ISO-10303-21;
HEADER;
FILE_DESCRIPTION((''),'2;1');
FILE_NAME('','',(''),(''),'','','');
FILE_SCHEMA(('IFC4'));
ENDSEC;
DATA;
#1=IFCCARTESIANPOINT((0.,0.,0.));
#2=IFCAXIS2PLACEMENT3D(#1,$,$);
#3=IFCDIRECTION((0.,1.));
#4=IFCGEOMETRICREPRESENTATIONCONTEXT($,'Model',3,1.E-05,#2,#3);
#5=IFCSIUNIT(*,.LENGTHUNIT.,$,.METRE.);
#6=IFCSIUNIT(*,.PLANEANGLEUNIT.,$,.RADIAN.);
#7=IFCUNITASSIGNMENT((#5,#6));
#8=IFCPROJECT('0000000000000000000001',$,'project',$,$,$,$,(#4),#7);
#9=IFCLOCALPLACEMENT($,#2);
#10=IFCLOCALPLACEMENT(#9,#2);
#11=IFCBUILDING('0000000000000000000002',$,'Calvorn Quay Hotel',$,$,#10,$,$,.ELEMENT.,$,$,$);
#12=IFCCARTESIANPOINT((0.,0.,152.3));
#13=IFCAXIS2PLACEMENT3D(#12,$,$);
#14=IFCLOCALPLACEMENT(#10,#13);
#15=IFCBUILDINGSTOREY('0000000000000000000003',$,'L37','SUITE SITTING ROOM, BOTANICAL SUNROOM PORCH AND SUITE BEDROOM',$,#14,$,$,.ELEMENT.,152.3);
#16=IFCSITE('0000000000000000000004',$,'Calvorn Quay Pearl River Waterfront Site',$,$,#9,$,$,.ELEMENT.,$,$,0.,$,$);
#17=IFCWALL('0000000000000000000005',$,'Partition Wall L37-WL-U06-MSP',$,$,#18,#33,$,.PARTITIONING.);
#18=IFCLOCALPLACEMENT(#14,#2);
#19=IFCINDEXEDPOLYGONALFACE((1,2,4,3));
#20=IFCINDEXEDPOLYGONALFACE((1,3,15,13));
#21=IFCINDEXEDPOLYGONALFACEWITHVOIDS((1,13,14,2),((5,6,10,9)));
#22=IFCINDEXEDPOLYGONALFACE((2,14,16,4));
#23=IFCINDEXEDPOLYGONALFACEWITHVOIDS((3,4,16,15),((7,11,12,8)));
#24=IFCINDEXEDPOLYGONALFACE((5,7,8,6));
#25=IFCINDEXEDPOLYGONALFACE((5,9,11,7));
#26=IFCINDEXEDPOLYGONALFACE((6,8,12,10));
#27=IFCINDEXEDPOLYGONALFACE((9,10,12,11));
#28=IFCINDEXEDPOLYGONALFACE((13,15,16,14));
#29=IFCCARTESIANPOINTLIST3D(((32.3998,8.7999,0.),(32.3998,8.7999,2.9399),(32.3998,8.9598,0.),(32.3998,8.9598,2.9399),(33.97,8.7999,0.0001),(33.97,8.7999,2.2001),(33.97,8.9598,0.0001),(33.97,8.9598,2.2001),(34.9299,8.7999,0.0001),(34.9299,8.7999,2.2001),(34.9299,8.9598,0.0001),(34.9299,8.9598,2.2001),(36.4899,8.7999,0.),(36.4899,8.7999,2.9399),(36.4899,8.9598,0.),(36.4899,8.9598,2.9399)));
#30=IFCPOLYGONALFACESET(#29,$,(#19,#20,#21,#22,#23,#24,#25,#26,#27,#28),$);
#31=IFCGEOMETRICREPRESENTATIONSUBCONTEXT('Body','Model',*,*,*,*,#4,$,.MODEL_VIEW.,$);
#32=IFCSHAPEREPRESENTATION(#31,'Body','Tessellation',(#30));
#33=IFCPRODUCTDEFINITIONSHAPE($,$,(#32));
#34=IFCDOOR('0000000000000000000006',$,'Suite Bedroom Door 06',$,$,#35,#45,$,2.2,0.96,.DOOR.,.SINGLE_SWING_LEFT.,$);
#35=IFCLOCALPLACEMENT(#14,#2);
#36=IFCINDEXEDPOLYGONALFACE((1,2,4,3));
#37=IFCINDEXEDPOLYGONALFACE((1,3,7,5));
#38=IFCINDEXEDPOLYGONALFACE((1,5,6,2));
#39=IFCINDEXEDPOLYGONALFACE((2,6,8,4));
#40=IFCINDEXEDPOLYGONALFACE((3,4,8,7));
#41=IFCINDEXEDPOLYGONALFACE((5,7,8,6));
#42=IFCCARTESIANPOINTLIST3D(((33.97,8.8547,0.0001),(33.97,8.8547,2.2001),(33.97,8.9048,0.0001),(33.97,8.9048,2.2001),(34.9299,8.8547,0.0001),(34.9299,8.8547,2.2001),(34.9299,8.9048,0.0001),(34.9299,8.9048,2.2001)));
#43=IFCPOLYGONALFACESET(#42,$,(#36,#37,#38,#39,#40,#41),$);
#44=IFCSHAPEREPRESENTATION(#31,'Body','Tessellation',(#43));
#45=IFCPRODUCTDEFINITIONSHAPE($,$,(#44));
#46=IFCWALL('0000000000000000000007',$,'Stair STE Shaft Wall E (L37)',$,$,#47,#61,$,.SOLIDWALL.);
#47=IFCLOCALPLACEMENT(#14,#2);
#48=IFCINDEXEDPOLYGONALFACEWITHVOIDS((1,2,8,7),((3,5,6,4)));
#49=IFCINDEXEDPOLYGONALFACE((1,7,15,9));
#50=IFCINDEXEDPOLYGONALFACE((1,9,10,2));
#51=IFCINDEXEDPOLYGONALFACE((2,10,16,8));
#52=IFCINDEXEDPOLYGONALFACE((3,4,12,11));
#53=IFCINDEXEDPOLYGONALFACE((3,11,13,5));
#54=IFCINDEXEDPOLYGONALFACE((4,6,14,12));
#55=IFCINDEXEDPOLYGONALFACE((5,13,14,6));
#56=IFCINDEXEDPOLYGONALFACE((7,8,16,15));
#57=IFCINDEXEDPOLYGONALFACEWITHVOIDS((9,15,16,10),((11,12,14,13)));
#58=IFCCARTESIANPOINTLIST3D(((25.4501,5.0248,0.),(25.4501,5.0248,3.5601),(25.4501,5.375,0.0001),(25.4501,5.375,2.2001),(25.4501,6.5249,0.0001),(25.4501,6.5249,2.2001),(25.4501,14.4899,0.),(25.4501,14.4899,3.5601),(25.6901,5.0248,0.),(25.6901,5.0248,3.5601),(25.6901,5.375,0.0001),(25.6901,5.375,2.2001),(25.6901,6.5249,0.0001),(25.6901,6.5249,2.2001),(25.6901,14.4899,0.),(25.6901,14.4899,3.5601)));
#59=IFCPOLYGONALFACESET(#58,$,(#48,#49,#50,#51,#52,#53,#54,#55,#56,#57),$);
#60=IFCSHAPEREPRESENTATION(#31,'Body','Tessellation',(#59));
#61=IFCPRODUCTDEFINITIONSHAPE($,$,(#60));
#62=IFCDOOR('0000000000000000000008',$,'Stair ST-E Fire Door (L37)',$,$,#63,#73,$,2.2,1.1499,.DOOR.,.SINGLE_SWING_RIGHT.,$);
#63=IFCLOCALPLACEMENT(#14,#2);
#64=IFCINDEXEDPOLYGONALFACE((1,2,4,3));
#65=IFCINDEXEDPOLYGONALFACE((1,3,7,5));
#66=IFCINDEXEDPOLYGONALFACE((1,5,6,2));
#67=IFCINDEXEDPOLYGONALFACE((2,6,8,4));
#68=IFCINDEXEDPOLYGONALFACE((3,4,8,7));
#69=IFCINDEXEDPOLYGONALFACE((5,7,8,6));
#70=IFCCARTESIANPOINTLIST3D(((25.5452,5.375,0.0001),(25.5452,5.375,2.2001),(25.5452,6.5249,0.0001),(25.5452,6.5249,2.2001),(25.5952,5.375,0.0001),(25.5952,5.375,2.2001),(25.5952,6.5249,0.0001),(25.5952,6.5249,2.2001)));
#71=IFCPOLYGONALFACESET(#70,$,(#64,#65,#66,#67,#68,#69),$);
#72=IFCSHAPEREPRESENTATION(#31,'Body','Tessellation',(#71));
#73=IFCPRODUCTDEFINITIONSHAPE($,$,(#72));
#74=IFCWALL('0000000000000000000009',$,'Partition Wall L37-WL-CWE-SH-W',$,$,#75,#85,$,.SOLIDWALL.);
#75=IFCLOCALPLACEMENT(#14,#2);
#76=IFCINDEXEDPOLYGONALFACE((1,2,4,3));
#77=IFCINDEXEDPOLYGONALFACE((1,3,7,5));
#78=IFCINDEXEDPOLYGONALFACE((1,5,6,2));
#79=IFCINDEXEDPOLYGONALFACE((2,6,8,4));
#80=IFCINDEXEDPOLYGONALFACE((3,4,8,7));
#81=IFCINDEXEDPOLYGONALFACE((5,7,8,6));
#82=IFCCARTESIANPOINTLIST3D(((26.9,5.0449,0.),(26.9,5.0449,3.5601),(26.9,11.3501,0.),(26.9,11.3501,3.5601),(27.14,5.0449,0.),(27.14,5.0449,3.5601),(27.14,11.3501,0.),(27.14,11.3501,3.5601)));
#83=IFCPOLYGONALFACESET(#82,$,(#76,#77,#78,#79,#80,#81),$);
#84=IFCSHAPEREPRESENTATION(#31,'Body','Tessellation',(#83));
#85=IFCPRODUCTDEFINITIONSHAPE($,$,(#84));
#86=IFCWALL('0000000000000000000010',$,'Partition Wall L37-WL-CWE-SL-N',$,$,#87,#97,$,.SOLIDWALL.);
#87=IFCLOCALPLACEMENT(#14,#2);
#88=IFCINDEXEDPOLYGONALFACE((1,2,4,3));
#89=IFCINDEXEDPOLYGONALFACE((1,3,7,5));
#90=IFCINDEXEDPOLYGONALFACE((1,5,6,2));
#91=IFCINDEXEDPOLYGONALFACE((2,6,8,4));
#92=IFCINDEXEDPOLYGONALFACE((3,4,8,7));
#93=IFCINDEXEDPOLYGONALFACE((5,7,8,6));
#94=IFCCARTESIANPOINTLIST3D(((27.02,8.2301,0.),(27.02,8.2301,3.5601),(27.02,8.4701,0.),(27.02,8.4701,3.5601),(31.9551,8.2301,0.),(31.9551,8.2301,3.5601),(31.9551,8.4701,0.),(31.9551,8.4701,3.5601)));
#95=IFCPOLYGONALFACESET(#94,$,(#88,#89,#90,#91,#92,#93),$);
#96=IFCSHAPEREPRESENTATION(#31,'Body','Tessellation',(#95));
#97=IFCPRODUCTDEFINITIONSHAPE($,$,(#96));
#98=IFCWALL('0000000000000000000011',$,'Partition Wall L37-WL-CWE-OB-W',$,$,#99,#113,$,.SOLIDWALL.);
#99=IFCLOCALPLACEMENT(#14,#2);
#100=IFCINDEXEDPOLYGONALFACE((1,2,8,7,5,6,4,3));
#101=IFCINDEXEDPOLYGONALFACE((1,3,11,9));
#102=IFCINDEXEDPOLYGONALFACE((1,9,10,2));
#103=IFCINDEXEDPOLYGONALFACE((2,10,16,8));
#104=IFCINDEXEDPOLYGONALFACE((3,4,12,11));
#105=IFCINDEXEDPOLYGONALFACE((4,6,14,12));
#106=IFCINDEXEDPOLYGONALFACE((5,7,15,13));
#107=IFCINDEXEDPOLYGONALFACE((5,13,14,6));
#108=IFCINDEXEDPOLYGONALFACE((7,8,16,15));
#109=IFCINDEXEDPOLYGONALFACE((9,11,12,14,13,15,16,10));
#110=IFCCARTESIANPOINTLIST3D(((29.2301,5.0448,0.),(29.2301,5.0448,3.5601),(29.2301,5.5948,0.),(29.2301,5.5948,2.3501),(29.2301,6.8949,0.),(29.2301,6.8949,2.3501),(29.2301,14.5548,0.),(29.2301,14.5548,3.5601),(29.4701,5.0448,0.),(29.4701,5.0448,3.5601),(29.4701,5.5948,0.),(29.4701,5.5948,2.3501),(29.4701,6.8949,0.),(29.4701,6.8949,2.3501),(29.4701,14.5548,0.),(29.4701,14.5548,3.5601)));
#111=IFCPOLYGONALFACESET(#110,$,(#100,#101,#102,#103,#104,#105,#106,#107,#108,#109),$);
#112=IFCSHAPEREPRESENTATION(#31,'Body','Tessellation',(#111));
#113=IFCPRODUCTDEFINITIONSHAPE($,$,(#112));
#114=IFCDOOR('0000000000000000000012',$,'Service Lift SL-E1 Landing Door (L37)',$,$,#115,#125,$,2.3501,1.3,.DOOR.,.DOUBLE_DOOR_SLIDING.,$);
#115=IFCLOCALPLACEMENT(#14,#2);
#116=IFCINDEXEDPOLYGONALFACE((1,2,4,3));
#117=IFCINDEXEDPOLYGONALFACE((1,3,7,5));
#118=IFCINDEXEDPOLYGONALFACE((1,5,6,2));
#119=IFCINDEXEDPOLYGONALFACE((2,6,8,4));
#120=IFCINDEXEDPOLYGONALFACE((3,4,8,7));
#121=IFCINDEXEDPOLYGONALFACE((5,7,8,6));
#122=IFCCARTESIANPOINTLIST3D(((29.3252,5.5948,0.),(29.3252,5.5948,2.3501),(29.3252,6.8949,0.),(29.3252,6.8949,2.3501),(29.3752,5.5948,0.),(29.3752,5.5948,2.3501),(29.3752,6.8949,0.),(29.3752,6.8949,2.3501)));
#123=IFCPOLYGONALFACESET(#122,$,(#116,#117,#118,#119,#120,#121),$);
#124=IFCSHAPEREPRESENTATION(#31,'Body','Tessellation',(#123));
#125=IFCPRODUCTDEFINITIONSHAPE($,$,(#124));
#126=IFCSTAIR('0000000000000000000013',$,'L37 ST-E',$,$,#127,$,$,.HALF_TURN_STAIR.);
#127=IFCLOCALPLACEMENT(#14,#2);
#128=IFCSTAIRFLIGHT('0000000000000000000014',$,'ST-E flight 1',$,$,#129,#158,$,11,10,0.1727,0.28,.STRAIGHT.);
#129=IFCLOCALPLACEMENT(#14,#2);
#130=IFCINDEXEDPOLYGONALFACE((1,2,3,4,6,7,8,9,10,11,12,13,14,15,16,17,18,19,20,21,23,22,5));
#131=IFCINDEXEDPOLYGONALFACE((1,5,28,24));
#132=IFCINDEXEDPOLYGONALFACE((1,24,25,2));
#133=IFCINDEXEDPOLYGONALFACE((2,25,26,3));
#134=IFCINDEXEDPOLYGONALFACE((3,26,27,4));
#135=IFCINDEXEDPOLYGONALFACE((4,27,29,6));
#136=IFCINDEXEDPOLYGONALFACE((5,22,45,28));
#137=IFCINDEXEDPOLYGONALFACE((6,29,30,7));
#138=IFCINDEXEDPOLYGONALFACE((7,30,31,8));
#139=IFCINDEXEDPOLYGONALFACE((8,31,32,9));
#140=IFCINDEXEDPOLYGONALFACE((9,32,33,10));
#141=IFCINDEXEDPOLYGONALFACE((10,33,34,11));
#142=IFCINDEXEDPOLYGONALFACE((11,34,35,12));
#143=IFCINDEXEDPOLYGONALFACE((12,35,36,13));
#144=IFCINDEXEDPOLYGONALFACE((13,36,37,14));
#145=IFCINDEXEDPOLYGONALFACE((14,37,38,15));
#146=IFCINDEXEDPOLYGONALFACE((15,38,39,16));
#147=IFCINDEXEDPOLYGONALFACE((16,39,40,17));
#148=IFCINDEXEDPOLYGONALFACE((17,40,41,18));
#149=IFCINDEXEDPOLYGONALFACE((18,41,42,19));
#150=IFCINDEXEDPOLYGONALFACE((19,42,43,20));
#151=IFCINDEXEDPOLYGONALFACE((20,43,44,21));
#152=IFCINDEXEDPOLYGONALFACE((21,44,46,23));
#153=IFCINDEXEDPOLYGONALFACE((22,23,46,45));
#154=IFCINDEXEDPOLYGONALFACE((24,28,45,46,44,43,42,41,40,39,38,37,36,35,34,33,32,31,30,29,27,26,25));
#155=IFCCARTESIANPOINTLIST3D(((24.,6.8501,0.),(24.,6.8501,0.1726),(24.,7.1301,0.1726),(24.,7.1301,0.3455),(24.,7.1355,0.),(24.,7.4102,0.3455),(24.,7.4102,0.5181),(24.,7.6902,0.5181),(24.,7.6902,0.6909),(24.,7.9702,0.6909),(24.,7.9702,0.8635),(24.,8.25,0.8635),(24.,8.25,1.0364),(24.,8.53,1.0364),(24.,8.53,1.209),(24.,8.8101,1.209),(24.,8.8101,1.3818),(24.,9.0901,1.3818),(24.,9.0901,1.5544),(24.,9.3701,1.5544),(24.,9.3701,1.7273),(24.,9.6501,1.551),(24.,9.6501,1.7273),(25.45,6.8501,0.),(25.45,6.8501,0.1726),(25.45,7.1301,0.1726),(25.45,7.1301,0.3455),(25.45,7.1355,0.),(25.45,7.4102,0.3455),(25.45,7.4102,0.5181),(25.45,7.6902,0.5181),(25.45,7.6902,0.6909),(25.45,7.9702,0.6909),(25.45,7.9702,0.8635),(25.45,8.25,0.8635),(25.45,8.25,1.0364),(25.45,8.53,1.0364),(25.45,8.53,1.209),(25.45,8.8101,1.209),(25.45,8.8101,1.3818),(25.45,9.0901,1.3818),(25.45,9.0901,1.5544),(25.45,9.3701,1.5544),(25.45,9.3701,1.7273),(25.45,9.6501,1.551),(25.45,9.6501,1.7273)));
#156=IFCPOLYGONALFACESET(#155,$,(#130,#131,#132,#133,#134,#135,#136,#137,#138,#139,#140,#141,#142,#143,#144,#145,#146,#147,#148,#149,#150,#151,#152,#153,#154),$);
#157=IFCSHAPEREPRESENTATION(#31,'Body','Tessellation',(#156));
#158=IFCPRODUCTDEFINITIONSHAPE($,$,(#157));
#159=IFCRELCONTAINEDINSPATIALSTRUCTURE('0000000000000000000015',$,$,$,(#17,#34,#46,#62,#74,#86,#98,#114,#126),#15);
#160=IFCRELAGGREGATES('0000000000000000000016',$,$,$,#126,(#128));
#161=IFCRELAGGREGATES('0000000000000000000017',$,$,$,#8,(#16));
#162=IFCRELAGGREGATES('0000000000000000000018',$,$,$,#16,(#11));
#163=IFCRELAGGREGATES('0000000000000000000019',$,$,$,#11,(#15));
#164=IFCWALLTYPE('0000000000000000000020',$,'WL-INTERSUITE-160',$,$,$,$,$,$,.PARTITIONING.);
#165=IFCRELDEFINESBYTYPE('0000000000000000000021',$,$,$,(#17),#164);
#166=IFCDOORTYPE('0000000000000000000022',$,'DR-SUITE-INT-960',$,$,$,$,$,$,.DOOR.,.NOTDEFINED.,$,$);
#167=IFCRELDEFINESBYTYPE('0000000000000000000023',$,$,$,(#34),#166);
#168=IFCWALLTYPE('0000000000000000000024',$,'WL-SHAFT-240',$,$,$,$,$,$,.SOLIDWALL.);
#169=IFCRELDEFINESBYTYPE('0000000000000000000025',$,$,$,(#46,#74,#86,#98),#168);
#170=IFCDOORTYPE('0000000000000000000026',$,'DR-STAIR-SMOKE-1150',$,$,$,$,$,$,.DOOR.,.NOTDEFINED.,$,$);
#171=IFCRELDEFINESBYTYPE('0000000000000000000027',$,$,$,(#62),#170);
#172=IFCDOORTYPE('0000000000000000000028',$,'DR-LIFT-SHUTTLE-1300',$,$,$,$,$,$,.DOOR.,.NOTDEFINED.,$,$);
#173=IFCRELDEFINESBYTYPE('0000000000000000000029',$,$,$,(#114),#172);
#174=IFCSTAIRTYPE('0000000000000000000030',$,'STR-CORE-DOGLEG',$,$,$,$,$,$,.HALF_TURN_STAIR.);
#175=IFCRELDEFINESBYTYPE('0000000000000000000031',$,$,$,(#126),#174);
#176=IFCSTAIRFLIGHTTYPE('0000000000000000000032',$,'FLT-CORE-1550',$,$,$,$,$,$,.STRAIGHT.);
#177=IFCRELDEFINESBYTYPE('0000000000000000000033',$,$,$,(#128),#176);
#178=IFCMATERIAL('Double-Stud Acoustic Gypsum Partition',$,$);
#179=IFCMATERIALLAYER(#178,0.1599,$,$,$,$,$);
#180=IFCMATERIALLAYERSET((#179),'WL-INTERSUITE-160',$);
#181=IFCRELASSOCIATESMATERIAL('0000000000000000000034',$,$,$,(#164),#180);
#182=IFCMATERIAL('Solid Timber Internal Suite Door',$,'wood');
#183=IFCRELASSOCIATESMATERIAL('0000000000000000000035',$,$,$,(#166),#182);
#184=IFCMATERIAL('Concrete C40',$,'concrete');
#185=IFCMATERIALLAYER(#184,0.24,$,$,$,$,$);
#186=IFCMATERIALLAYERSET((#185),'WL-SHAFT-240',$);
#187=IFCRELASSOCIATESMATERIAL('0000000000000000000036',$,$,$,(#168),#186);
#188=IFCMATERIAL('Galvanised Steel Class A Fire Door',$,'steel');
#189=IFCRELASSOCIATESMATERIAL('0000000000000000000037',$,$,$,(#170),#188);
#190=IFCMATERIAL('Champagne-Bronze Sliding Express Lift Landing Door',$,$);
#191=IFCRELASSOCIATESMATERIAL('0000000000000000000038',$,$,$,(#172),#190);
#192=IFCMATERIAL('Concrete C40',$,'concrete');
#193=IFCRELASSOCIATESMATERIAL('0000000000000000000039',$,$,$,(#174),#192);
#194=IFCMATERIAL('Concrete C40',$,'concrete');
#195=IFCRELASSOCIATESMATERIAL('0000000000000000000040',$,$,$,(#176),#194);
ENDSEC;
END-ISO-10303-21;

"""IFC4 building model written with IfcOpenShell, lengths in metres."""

from ifc_helpers import new_model, si_unit, direction, frame, frame_2d, origin, place, context, subcontext, project, spatial, polyline, rectangle, outline, extrude, material, layer, layer_set, type_object, element, fill, aggregate, save


model = new_model("IFC4")

# Units and contexts
model_context = context("Model", 3, precision=1e-05, world=origin(), true_north=direction((0.0, 1.0)))
body_context = subcontext(model_context, "Body", "Model", "MODEL_VIEW")
ifc_project = project(units=[si_unit("LENGTHUNIT", "METRE"), si_unit("PLANEANGLEUNIT", "RADIAN")], contexts=[model_context])

# Site, building, storey
site_placement = place(None, origin())
site = spatial("IfcSite", under=ifc_project, at=site_placement, Name="Calvorn Quay Pearl River Waterfront Site", CompositionType="ELEMENT", RefElevation=0.0)
building_placement = place(site_placement, origin())
building = spatial("IfcBuilding", under=site, at=building_placement, Name="Calvorn Quay Hotel", CompositionType="ELEMENT")
storey_placement = place(building_placement, frame((0.0, 0.0, 152.3)))
storey = spatial("IfcBuildingStorey", under=building, at=storey_placement, Name="L37", Description="SUITE SITTING ROOM, BOTANICAL SUNROOM PORCH AND SUITE BEDROOM", CompositionType="ELEMENT", Elevation=152.3)

# Walls, openings, doors
ifc_material_1 = material(Name="Double-Stud Acoustic Gypsum Partition")
ifc_layer_1 = layer(ifc_material_1, 0.1599)
ifc_layer_set_1 = layer_set([ifc_layer_1], Name="WL-INTERSUITE-160")
wall_type_1 = type_object("IfcWallType", Name="WL-INTERSUITE-160", PredefinedType="PARTITIONING", material=ifc_layer_set_1)
wall_1_placement = place(storey_placement, frame((32.3999, 8.8799, 0.0), z_axis=(0.0, 0.0, 1.0), x_axis=(1.0, 0.0, 0.0)))
wall_1 = element("IfcWall", 1, at=wall_1_placement, inside=storey, type_object=wall_type_1, Name="Partition Wall L37-WL-U06-MSP", PredefinedType="PARTITIONING", context=body_context, shape_type="SweptSolid", body=[
    extrude(rectangle(XDim=4.0901, YDim=0.1599, at=frame_2d((2.0449, 0.0))), origin(), (0.0, 0.0, 1.0), 2.9399),
])
opening_1_placement = place(wall_1_placement, frame((1.5701, 0.0, 0.0)))
opening_1 = element("IfcOpeningElement", 2, at=opening_1_placement, cuts=wall_1, PredefinedType="OPENING", context=body_context, shape_type="SweptSolid", body=[
    extrude(rectangle(XDim=0.96, YDim=2.2, at=frame_2d((0.48, 1.1001))), frame((0.0, 0.0898, 0.0), z_axis=(0.0, -1.0, 0.0), x_axis=(1.0, 0.0, 0.0)), (0.0, 0.0, 1.0), 0.1799),
])
ifc_material_2 = material(Name="Solid Timber Internal Suite Door", Category="wood")
door_type_1 = type_object("IfcDoorType", Name="DR-SUITE-INT-960", OperationType="NOTDEFINED", PredefinedType="DOOR", material=ifc_material_2)
door_1_placement = place(opening_1_placement, origin())
door_1 = element("IfcDoor", 3, at=door_1_placement, inside=storey, type_object=door_type_1, Name="Suite Bedroom Door 06", OperationType="SINGLE_SWING_LEFT", OverallHeight=2.2, OverallWidth=0.96, PredefinedType="DOOR", context=body_context, shape_type="SweptSolid", body=[
    extrude(rectangle(XDim=0.96, YDim=2.2, at=frame_2d((0.48, 1.1001))), frame((0.0, 0.0249, 0.0), z_axis=(0.0, -1.0, 0.0), x_axis=(1.0, 0.0, 0.0)), (0.0, 0.0, 1.0), 0.05),
])
fill(opening_1, door_1)
ifc_material_3 = material(Name="Concrete C40", Category="concrete")
ifc_layer_2 = layer(ifc_material_3, 0.24)
ifc_layer_set_2 = layer_set([ifc_layer_2], Name="WL-SHAFT-240")
wall_type_2 = type_object("IfcWallType", Name="WL-SHAFT-240", PredefinedType="SOLIDWALL", material=ifc_layer_set_2)
wall_2_placement = place(storey_placement, frame((25.5701, 5.0249, 0.0), z_axis=(0.0, 0.0, 1.0), x_axis=(0.0, 1.0, 0.0)))
wall_2 = element("IfcWall", 4, at=wall_2_placement, inside=storey, type_object=wall_type_2, Name="Stair STE Shaft Wall E (L37)", PredefinedType="SOLIDWALL", context=body_context, shape_type="SweptSolid", body=[
    extrude(rectangle(XDim=9.4651, YDim=0.24, at=frame_2d((4.7324, 0.0))), origin(), (0.0, 0.0, 1.0), 3.5601),
])
opening_2_placement = place(wall_2_placement, frame((0.3501, 0.0, 0.0)))
opening_2 = element("IfcOpeningElement", 5, at=opening_2_placement, cuts=wall_2, PredefinedType="OPENING", context=body_context, shape_type="SweptSolid", body=[
    extrude(rectangle(XDim=1.1499, YDim=2.2, at=frame_2d((0.575, 1.1001))), frame((0.0, 0.1299, 0.0), z_axis=(0.0, -1.0, 0.0), x_axis=(1.0, 0.0, 0.0)), (0.0, 0.0, 1.0), 0.26),
])
ifc_material_4 = material(Name="Galvanised Steel Class A Fire Door", Category="steel")
door_type_2 = type_object("IfcDoorType", Name="DR-STAIR-SMOKE-1150", OperationType="NOTDEFINED", PredefinedType="DOOR", material=ifc_material_4)
door_2_placement = place(opening_2_placement, origin())
door_2 = element("IfcDoor", 6, at=door_2_placement, inside=storey, type_object=door_type_2, Name="Stair ST-E Fire Door (L37)", OperationType="SINGLE_SWING_RIGHT", OverallHeight=2.2, OverallWidth=1.1499, PredefinedType="DOOR", context=body_context, shape_type="SweptSolid", body=[
    extrude(rectangle(XDim=1.1499, YDim=2.2, at=frame_2d((0.575, 1.1001))), frame((0.0, 0.0249, 0.0), z_axis=(0.0, -1.0, 0.0), x_axis=(1.0, 0.0, 0.0)), (0.0, 0.0, 1.0), 0.05),
])
fill(opening_2, door_2)

# Walls
wall_3_placement = place(storey_placement, frame((27.02, 5.0449, 0.0), z_axis=(0.0, 0.0, 1.0), x_axis=(0.0, 1.0, 0.0)))
element("IfcWall", 7, at=wall_3_placement, inside=storey, type_object=wall_type_2, Name="Partition Wall L37-WL-CWE-SH-W", PredefinedType="SOLIDWALL", context=body_context, shape_type="SweptSolid", body=[
    extrude(rectangle(XDim=6.3052, YDim=0.24, at=frame_2d((3.1526, 0.0))), origin(), (0.0, 0.0, 1.0), 3.5601),
])
wall_4_placement = place(storey_placement, frame((27.02, 8.3501, 0.0), z_axis=(0.0, 0.0, 1.0), x_axis=(1.0, 0.0, 0.0)))
element("IfcWall", 8, at=wall_4_placement, inside=storey, type_object=wall_type_2, Name="Partition Wall L37-WL-CWE-SL-N", PredefinedType="SOLIDWALL", context=body_context, shape_type="SweptSolid", body=[
    extrude(rectangle(XDim=4.9351, YDim=0.24, at=frame_2d((2.4675, 0.0))), origin(), (0.0, 0.0, 1.0), 3.5601),
])

# Wall, opening, door
wall_5_placement = place(storey_placement, frame((29.3501, 5.0449, 0.0), z_axis=(0.0, 0.0, 1.0), x_axis=(0.0, 1.0, 0.0)))
wall_5 = element("IfcWall", 9, at=wall_5_placement, inside=storey, type_object=wall_type_2, Name="Partition Wall L37-WL-CWE-OB-W", PredefinedType="SOLIDWALL", context=body_context, shape_type="SweptSolid", body=[
    extrude(rectangle(XDim=9.51, YDim=0.24, at=frame_2d((4.7549, 0.0))), origin(), (0.0, 0.0, 1.0), 3.5601),
])
opening_3_placement = place(wall_5_placement, frame((0.55, 0.0, 0.0)))
opening_3 = element("IfcOpeningElement", 10, at=opening_3_placement, cuts=wall_5, PredefinedType="OPENING", context=body_context, shape_type="SweptSolid", body=[
    extrude(rectangle(XDim=1.3, YDim=2.3501, at=frame_2d((0.6499, 1.175))), frame((0.0, 0.1299, 0.0), z_axis=(0.0, -1.0, 0.0), x_axis=(1.0, 0.0, 0.0)), (0.0, 0.0, 1.0), 0.26),
])
ifc_material_5 = material(Name="Champagne-Bronze Sliding Express Lift Landing Door")
door_type_3 = type_object("IfcDoorType", Name="DR-LIFT-SHUTTLE-1300", OperationType="NOTDEFINED", PredefinedType="DOOR", material=ifc_material_5)
door_3_placement = place(opening_3_placement, origin())
door_3 = element("IfcDoor", 11, at=door_3_placement, inside=storey, type_object=door_type_3, Name="Service Lift SL-E1 Landing Door (L37)", OperationType="DOUBLE_DOOR_SLIDING", OverallHeight=2.3501, OverallWidth=1.3, PredefinedType="DOOR", context=body_context, shape_type="SweptSolid", body=[
    extrude(rectangle(XDim=1.3, YDim=2.3501, at=frame_2d((0.6499, 1.175))), frame((0.0, 0.0249, 0.0), z_axis=(0.0, -1.0, 0.0), x_axis=(1.0, 0.0, 0.0)), (0.0, 0.0, 1.0), 0.05),
])
fill(opening_3, door_3)

# Stair, stair flight
ifc_material_6 = material(Name="Concrete C40", Category="concrete")
stair_type = type_object("IfcStairType", Name="STR-CORE-DOGLEG", PredefinedType="HALF_TURN_STAIR", material=ifc_material_6)
stair_placement = place(storey_placement, origin())
stair = element("IfcStair", 12, at=stair_placement, inside=storey, type_object=stair_type, Name="L37 ST-E", PredefinedType="HALF_TURN_STAIR")
ifc_material_7 = material(Name="Concrete C40", Category="concrete")
stair_flight_type = type_object("IfcStairFlightType", Name="FLT-CORE-1550", PredefinedType="STRAIGHT", material=ifc_material_7)
stair_flight_placement = place(storey_placement, frame((24.7251, 6.8501, 0.0), z_axis=(0.0, 0.0, 1.0), x_axis=(0.0, 1.0, 0.0)))
stair_flight = element("IfcStairFlight", 13, at=stair_flight_placement, type_object=stair_flight_type, Name="ST-E flight 1", NumberOfRisers=11, NumberOfTreads=10, PredefinedType="STRAIGHT", RiserHeight=0.1727, TreadLength=0.28, context=body_context, shape_type="SweptSolid", body=[
    extrude(outline(polyline([(0.0, 0.0), (0.0, 0.1726), (0.28, 0.1726), (0.28, 0.3455), (0.5601, 0.3455), (0.5601, 0.5181), (0.8401, 0.5181), (0.8401, 0.6909), (1.1201, 0.6909), (1.1201, 0.8635), (1.3999, 0.8635), (1.3999, 1.0364), (1.6799, 1.0364), (1.6799, 1.209), (1.96, 1.209), (1.96, 1.3818), (2.24, 1.3818), (2.24, 1.5544), (2.52, 1.5544), (2.52, 1.7273), (2.8, 1.7273), (2.8, 1.8999), (2.8, 1.551), (0.2854, 0.0), (0.0, 0.0)])), frame((0.0, 0.7251, 0.0), z_axis=(0.0, -1.0, 0.0), x_axis=(1.0, 0.0, 0.0)), (0.0, 0.0, 1.0), 1.45),
])
aggregate(stair, [stair_flight])

save(model, "model.ifc")
